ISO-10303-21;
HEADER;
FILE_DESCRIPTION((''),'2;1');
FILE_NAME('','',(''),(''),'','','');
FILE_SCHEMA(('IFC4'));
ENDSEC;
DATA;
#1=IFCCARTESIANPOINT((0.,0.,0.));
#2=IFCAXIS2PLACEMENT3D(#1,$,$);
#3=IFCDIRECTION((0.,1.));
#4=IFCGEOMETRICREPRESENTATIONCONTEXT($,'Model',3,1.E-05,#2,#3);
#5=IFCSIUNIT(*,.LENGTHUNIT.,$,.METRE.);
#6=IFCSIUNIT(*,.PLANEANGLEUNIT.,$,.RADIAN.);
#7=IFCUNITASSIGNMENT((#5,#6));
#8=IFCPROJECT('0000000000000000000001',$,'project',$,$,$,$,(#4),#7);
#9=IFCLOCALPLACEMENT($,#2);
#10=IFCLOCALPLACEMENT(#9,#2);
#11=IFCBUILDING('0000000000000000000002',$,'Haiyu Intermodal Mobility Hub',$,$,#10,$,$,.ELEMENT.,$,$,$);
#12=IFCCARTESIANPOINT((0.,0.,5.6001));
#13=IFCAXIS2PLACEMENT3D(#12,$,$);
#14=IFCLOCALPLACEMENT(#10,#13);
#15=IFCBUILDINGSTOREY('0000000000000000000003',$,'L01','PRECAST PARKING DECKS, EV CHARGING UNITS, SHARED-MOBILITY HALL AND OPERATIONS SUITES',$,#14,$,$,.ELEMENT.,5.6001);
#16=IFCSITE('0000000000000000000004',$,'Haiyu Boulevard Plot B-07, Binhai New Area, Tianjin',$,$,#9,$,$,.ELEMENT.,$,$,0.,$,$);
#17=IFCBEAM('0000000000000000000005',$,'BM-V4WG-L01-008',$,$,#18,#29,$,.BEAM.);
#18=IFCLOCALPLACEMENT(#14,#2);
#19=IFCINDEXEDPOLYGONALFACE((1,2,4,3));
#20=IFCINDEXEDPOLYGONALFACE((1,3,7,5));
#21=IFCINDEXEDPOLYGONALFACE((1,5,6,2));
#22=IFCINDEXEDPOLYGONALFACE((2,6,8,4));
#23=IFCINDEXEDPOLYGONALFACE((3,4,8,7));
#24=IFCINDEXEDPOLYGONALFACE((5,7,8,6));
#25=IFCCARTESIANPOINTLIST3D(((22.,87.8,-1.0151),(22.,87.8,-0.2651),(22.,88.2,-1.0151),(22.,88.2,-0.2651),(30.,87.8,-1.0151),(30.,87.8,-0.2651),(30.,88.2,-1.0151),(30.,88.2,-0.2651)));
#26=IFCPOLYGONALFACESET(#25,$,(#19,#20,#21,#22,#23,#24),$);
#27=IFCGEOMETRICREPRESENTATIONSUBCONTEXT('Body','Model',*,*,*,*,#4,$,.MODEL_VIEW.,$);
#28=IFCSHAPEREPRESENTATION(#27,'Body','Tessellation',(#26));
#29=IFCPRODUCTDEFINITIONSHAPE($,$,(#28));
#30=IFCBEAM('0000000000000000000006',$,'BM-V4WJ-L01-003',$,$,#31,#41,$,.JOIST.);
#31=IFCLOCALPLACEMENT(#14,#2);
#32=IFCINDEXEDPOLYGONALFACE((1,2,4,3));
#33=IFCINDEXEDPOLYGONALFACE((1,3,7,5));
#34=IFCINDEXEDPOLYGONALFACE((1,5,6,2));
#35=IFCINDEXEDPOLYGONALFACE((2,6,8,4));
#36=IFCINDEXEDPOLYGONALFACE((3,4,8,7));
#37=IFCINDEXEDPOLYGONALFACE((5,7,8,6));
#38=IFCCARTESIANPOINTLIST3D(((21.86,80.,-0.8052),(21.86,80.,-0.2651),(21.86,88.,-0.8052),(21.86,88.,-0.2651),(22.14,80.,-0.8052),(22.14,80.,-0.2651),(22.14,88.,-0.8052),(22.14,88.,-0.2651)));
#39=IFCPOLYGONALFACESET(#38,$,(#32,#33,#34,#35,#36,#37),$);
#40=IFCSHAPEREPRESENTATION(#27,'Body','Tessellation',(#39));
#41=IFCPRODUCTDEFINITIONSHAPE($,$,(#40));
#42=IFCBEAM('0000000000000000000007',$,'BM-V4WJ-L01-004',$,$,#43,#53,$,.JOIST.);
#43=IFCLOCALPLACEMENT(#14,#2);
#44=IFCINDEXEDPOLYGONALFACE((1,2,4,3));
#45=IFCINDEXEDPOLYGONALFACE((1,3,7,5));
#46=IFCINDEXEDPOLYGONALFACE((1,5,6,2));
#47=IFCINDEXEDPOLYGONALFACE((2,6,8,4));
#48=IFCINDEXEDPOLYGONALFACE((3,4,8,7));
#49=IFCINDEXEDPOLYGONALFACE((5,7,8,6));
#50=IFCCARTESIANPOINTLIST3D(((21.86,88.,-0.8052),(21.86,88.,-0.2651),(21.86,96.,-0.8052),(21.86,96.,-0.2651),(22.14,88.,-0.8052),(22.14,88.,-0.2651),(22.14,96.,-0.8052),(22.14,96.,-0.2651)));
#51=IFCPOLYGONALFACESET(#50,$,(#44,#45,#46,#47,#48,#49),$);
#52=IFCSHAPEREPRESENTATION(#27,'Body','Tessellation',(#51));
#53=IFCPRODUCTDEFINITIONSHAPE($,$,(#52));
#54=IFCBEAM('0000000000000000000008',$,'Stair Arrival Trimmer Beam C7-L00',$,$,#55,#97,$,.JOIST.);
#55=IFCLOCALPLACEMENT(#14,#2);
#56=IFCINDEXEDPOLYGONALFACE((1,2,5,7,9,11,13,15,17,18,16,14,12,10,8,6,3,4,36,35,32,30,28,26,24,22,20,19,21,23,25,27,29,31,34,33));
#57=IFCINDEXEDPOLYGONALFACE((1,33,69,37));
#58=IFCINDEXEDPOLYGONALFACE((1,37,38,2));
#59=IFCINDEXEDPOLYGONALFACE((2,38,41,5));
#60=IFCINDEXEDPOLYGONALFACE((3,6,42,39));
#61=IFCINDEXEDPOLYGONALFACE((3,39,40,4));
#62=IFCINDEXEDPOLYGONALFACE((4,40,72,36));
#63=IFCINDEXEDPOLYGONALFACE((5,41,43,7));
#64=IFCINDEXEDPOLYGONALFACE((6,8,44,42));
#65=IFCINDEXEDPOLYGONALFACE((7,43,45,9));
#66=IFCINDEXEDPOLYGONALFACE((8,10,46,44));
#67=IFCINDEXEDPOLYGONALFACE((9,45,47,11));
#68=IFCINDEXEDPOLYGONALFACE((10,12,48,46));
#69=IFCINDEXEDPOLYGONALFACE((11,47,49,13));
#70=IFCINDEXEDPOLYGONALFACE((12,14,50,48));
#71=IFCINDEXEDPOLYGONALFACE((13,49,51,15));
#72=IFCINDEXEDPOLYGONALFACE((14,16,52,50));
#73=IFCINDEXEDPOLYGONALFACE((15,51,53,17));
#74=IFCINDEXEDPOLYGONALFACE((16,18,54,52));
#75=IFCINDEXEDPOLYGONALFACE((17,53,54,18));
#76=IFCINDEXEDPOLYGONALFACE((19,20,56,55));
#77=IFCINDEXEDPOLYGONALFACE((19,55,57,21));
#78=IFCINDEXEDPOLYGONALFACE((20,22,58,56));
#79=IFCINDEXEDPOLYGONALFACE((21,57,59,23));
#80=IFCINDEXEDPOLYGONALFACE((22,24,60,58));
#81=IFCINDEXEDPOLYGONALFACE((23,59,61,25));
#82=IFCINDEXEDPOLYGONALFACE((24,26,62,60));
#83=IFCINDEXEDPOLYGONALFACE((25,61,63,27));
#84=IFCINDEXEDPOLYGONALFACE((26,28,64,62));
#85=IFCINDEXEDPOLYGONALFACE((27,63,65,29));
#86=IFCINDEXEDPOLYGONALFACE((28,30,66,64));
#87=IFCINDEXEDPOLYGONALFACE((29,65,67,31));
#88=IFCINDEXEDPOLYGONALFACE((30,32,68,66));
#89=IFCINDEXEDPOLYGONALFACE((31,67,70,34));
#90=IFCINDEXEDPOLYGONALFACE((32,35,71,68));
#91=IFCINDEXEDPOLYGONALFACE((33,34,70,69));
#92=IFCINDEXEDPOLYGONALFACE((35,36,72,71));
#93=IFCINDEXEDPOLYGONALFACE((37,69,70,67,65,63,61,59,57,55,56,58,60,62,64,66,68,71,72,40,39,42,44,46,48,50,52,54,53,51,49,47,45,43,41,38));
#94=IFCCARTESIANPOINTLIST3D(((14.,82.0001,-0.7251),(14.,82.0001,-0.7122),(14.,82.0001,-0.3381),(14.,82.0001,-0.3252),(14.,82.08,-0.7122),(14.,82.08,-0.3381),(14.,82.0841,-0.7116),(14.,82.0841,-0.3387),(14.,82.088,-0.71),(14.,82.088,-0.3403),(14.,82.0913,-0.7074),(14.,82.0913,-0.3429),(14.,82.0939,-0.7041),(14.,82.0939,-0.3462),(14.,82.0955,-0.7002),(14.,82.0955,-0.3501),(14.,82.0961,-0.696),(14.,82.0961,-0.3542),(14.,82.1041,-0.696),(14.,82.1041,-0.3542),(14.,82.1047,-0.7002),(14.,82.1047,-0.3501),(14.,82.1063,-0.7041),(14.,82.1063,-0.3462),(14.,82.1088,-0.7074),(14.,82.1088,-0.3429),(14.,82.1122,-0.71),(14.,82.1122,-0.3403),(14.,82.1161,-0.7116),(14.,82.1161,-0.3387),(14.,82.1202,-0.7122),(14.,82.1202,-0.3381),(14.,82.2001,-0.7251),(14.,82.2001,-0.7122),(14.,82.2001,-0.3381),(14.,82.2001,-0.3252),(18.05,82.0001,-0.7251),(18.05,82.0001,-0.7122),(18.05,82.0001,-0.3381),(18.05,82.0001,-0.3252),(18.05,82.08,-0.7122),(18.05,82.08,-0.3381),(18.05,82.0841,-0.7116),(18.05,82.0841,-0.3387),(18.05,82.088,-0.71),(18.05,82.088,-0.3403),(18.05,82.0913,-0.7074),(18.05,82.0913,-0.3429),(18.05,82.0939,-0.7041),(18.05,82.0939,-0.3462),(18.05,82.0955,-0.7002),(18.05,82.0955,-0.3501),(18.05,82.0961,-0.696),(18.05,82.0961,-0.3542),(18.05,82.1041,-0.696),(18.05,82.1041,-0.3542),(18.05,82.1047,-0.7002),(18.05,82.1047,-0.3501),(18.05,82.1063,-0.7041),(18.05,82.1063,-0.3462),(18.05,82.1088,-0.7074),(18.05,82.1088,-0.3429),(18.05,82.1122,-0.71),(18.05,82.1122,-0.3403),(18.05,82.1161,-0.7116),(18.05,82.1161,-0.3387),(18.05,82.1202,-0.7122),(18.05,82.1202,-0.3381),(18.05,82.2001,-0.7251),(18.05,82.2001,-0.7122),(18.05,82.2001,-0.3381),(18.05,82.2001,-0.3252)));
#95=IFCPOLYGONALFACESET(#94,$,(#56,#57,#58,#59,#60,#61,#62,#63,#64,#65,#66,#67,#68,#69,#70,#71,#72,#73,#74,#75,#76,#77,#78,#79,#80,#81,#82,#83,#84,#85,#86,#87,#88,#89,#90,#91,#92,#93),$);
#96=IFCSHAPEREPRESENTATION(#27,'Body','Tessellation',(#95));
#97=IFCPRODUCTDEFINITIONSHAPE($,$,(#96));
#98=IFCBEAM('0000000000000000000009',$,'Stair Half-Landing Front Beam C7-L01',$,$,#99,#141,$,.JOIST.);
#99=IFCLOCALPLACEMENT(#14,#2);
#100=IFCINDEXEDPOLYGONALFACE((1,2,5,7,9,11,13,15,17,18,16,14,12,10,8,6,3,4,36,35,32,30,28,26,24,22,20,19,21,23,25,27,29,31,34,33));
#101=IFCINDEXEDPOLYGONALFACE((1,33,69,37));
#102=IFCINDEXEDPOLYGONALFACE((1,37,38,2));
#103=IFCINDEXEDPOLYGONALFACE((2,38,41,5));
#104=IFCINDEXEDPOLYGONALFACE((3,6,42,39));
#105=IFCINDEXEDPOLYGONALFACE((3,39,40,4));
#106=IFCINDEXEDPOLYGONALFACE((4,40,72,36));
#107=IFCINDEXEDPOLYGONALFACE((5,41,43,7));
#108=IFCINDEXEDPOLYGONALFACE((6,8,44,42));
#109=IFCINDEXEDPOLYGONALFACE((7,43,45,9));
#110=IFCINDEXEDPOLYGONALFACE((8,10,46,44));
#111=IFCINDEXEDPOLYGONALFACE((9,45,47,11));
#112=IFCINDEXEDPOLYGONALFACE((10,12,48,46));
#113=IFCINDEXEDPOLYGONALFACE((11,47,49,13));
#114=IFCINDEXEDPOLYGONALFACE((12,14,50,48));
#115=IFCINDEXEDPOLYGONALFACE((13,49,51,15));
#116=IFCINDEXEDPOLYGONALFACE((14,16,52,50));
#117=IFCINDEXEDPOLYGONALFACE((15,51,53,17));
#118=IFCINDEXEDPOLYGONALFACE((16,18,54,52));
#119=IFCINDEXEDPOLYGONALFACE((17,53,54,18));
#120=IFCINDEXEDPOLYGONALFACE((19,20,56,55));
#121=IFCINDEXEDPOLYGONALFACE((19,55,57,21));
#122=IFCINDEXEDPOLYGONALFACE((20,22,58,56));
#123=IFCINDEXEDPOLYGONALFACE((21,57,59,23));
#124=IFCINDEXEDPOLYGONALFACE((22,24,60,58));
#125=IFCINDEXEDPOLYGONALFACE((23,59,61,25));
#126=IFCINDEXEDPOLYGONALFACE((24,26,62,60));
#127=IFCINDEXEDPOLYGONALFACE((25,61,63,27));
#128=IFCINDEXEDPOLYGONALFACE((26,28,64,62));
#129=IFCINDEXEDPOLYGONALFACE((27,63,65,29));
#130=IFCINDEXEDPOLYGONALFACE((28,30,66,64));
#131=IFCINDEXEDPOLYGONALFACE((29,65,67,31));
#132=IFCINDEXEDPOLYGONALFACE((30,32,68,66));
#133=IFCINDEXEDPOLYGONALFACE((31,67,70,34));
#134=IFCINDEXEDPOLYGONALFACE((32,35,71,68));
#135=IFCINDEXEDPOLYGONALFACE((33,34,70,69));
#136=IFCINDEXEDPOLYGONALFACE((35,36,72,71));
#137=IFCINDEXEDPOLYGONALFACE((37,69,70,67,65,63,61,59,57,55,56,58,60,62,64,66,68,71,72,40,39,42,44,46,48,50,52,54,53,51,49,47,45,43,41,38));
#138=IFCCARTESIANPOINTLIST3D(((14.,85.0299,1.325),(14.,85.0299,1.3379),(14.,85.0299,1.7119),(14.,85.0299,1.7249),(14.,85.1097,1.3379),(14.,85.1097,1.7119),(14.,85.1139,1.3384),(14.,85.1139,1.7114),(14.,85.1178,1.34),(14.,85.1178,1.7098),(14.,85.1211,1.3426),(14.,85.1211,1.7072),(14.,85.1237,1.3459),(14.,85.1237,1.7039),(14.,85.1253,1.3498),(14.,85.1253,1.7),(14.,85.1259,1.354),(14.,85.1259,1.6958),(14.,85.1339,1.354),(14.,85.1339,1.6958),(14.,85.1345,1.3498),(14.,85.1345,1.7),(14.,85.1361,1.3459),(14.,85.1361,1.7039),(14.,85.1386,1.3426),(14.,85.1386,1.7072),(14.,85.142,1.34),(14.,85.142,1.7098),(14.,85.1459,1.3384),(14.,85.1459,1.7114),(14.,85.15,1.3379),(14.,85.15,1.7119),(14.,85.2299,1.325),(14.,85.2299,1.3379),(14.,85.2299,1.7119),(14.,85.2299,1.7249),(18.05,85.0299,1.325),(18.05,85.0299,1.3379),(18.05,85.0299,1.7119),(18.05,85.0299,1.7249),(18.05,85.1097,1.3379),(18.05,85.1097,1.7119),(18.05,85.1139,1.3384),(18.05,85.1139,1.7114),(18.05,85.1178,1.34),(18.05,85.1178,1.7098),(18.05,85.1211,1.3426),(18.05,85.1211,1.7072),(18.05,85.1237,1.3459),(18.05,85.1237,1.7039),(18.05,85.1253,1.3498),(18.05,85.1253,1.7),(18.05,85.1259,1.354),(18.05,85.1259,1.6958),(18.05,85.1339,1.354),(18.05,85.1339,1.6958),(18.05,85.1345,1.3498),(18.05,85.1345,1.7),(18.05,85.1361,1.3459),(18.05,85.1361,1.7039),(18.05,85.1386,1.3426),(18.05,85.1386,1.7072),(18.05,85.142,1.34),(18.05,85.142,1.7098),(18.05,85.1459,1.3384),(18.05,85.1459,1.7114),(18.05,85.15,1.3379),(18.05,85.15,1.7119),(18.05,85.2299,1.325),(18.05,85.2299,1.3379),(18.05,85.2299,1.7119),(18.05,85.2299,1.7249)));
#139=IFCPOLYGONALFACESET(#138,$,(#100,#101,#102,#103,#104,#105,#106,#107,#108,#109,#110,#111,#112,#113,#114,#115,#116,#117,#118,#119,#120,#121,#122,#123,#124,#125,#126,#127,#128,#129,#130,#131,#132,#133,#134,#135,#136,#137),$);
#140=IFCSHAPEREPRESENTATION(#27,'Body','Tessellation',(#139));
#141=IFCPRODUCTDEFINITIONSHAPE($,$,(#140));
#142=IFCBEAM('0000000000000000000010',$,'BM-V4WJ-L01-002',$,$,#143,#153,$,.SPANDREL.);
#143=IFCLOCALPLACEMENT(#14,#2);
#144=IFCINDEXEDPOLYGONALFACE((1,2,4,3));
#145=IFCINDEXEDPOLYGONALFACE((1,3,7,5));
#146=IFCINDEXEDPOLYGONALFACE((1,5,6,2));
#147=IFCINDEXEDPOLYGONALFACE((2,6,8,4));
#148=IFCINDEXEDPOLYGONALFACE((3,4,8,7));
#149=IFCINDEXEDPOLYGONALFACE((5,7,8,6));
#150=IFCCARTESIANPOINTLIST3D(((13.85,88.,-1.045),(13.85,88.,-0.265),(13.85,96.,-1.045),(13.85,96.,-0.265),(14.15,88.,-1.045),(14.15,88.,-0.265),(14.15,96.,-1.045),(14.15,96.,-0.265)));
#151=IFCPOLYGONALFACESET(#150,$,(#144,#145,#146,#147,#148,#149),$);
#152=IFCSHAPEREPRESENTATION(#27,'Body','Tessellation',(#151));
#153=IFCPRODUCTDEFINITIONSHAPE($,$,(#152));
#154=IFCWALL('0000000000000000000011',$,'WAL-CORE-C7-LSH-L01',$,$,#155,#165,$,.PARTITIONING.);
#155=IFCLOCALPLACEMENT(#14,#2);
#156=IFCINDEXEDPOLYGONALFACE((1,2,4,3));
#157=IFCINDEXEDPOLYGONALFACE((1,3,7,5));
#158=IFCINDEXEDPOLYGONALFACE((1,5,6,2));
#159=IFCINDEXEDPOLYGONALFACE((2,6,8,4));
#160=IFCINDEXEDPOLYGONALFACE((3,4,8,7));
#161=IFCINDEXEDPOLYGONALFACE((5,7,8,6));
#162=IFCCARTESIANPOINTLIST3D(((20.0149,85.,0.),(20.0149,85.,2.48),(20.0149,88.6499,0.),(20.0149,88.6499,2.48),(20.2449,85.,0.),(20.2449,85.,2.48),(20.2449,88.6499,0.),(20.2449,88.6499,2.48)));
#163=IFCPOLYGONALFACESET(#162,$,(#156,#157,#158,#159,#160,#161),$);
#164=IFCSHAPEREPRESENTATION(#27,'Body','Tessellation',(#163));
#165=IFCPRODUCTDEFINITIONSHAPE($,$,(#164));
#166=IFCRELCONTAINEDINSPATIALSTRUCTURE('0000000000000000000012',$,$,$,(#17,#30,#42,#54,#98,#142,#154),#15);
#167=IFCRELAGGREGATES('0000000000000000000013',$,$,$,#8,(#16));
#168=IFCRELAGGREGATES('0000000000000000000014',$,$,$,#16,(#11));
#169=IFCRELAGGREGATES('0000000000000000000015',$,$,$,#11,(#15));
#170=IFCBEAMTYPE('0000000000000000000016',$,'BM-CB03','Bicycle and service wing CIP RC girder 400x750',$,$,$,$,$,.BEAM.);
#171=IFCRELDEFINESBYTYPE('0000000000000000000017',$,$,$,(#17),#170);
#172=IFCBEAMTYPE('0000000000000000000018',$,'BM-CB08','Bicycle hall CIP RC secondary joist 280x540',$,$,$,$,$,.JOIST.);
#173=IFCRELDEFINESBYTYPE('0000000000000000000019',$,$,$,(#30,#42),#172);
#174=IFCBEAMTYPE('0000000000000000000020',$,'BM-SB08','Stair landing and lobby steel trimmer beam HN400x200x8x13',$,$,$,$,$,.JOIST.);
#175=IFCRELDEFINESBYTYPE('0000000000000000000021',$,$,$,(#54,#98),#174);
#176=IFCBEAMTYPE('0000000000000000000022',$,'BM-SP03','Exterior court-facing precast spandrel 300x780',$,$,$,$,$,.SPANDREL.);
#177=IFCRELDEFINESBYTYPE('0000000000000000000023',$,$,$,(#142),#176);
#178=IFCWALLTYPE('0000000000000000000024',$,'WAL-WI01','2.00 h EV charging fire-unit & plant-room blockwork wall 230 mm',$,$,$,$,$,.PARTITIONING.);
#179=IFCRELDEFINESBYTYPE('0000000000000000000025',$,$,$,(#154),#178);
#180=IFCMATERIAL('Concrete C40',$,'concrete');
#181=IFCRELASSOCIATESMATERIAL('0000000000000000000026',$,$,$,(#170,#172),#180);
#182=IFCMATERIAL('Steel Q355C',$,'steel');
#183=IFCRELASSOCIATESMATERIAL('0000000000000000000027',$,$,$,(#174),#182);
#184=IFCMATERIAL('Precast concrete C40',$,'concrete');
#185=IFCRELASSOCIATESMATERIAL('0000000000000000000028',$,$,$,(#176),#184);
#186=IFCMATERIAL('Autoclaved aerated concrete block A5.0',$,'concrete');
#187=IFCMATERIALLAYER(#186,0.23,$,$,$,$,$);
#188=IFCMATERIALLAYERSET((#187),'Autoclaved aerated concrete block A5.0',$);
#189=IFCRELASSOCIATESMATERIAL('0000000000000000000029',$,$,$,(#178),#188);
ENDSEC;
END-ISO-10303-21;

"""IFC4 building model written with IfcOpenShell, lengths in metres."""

from ifc_helpers import new_model, si_unit, direction, frame, frame_2d, origin, origin_2d, place, context, subcontext, project, spatial, rectangle, i_section, extrude, material, layer, layer_set, material_profile, profile_set, type_object, element, save


model = new_model("IFC4")

# Units and contexts
model_context = context("Model", 3, precision=1e-05, world=origin(), true_north=direction((0.0, 1.0)))
body_context = subcontext(model_context, "Body", "Model", "MODEL_VIEW")
ifc_project = project(units=[si_unit("LENGTHUNIT", "METRE"), si_unit("PLANEANGLEUNIT", "RADIAN")], contexts=[model_context])

# Site, building, storey
site_placement = place(None, origin())
site = spatial("IfcSite", under=ifc_project, at=site_placement, Name="Haiyu Boulevard Plot B-07, Binhai New Area, Tianjin", CompositionType="ELEMENT", RefElevation=0.0)
building_placement = place(site_placement, origin())
building = spatial("IfcBuilding", under=site, at=building_placement, Name="Haiyu Intermodal Mobility Hub", CompositionType="ELEMENT")
storey_placement = place(building_placement, frame((0.0, 0.0, 5.6001)))
storey = spatial("IfcBuildingStorey", under=building, at=storey_placement, Name="L01", Description="PRECAST PARKING DECKS, EV CHARGING UNITS, SHARED-MOBILITY HALL AND OPERATIONS SUITES", CompositionType="ELEMENT", Elevation=5.6001)

# Beams
ifc_material_1 = material(Name="Concrete C40", Category="concrete")
ifc_material_profile_1 = material_profile(ifc_material_1, rectangle(XDim=0.3999, YDim=0.75, at=origin_2d()), Name="RCB400x750")
ifc_profile_set_1 = profile_set([ifc_material_profile_1], Name="Concrete C40")
beam_type_1 = type_object("IfcBeamType", Name="BM-CB03", Description="Bicycle and service wing CIP RC girder 400x750", PredefinedType="BEAM", material=ifc_profile_set_1)
beam_1_placement = place(storey_placement, frame((22.0, 88.0, -0.6401), z_axis=(1.0, 0.0, 0.0), x_axis=(0.0, 1.0, 0.0)))
element("IfcBeam", 1, at=beam_1_placement, inside=storey, type_object=beam_type_1, Name="BM-V4WG-L01-008", PredefinedType="BEAM", context=body_context, shape_type="SweptSolid", body=[
    extrude(rectangle(XDim=0.3999, YDim=0.75, at=origin_2d()), origin(), (0.0, 0.0, 1.0), 8.0),
])
ifc_material_profile_2 = material_profile(ifc_material_1, rectangle(XDim=0.28, YDim=0.54, at=origin_2d()), Name="RCB280x540")
ifc_profile_set_2 = profile_set([ifc_material_profile_2], Name="Concrete C40")
beam_type_2 = type_object("IfcBeamType", Name="BM-CB08", Description="Bicycle hall CIP RC secondary joist 280x540", PredefinedType="JOIST", material=ifc_profile_set_2)
for number, where, z_axis, x_axis, name in (
    (2, (22.0, 80.0, -0.5352), (0.0, 1.0, 0.0), (-1.0, 0.0, 0.0), "BM-V4WJ-L01-003"),
    (3, (22.0, 88.0, -0.5352), (0.0, 1.0, 0.0), (-1.0, 0.0, 0.0), "BM-V4WJ-L01-004"),
):
    element("IfcBeam", number, at=place(storey_placement, frame(where, z_axis=z_axis, x_axis=x_axis)), inside=storey, type_object=beam_type_2, Name=name, PredefinedType="JOIST", context=body_context, shape_type="SweptSolid", body=[
        extrude(rectangle(XDim=0.28, YDim=0.54, at=origin_2d()), origin(), (0.0, 0.0, 1.0), 8.0),
    ])
ifc_material_2 = material(Name="Steel Q355C", Category="steel")
ifc_material_profile_3 = material_profile(ifc_material_2, i_section(OverallWidth=0.2, OverallDepth=0.3999, WebThickness=0.0081, FlangeThickness=0.0129, FilletRadius=0.0161, at=origin_2d()), Name="HN400x200x8x13")
ifc_profile_set_3 = profile_set([ifc_material_profile_3], Name="Steel Q355C")
beam_type_3 = type_object("IfcBeamType", Name="BM-SB08", Description="Stair landing and lobby steel trimmer beam HN400x200x8x13", PredefinedType="JOIST", material=ifc_profile_set_3)
for number, where, z_axis, x_axis, name in (
    (4, (14.0, 82.1001, -0.5251), (1.0, 0.0, 0.0), (0.0, 1.0, 0.0), "Stair Arrival Trimmer Beam C7-L00"),
    (5, (14.0, 85.1299, 1.5249), (1.0, 0.0, 0.0), (0.0, 1.0, 0.0), "Stair Half-Landing Front Beam C7-L01"),
):
    element("IfcBeam", number, at=place(storey_placement, frame(where, z_axis=z_axis, x_axis=x_axis)), inside=storey, type_object=beam_type_3, Name=name, PredefinedType="JOIST", context=body_context, shape_type="SweptSolid", body=[
        extrude(i_section(OverallWidth=0.2, OverallDepth=0.3999, WebThickness=0.0081, FlangeThickness=0.0129, FilletRadius=0.0161, at=origin_2d()), origin(), (0.0, 0.0, 1.0), 4.05),
    ])
ifc_material_3 = material(Name="Precast concrete C40", Category="concrete")
ifc_material_profile_4 = material_profile(ifc_material_3, rectangle(XDim=0.3, YDim=0.78, at=origin_2d()), Name="PC300x780")
ifc_profile_set_4 = profile_set([ifc_material_profile_4], Name="Precast concrete C40")
beam_type_4 = type_object("IfcBeamType", Name="BM-SP03", Description="Exterior court-facing precast spandrel 300x780", PredefinedType="SPANDREL", material=ifc_profile_set_4)
beam_2_placement = place(storey_placement, frame((14.0, 88.0, -0.655), z_axis=(0.0, 1.0, 0.0), x_axis=(-1.0, 0.0, 0.0)))
element("IfcBeam", 6, at=beam_2_placement, inside=storey, type_object=beam_type_4, Name="BM-V4WJ-L01-002", PredefinedType="SPANDREL", context=body_context, shape_type="SweptSolid", body=[
    extrude(rectangle(XDim=0.3, YDim=0.78, at=origin_2d()), origin(), (0.0, 0.0, 1.0), 8.0),
])

# Wall
ifc_material_4 = material(Name="Autoclaved aerated concrete block A5.0", Category="concrete")
ifc_layer_1 = layer(ifc_material_4, 0.23)
ifc_layer_set_1 = layer_set([ifc_layer_1], Name="Autoclaved aerated concrete block A5.0")
wall_type_1 = type_object("IfcWallType", Name="WAL-WI01", Description="2.00 h EV charging fire-unit & plant-room blockwork wall 230 mm", PredefinedType="PARTITIONING", material=ifc_layer_set_1)
wall_1_placement = place(storey_placement, frame((20.1299, 85.0, 0.0), z_axis=(0.0, 0.0, 1.0), x_axis=(0.0, 1.0, 0.0)))
element("IfcWall", 7, at=wall_1_placement, inside=storey, type_object=wall_type_1, Name="WAL-CORE-C7-LSH-L01", PredefinedType="PARTITIONING", context=body_context, shape_type="SweptSolid", body=[
    extrude(rectangle(XDim=3.6499, YDim=0.23, at=frame_2d((1.825, 0.0))), origin(), (0.0, 0.0, 1.0), 2.48),
])

save(model, "model.ifc")
